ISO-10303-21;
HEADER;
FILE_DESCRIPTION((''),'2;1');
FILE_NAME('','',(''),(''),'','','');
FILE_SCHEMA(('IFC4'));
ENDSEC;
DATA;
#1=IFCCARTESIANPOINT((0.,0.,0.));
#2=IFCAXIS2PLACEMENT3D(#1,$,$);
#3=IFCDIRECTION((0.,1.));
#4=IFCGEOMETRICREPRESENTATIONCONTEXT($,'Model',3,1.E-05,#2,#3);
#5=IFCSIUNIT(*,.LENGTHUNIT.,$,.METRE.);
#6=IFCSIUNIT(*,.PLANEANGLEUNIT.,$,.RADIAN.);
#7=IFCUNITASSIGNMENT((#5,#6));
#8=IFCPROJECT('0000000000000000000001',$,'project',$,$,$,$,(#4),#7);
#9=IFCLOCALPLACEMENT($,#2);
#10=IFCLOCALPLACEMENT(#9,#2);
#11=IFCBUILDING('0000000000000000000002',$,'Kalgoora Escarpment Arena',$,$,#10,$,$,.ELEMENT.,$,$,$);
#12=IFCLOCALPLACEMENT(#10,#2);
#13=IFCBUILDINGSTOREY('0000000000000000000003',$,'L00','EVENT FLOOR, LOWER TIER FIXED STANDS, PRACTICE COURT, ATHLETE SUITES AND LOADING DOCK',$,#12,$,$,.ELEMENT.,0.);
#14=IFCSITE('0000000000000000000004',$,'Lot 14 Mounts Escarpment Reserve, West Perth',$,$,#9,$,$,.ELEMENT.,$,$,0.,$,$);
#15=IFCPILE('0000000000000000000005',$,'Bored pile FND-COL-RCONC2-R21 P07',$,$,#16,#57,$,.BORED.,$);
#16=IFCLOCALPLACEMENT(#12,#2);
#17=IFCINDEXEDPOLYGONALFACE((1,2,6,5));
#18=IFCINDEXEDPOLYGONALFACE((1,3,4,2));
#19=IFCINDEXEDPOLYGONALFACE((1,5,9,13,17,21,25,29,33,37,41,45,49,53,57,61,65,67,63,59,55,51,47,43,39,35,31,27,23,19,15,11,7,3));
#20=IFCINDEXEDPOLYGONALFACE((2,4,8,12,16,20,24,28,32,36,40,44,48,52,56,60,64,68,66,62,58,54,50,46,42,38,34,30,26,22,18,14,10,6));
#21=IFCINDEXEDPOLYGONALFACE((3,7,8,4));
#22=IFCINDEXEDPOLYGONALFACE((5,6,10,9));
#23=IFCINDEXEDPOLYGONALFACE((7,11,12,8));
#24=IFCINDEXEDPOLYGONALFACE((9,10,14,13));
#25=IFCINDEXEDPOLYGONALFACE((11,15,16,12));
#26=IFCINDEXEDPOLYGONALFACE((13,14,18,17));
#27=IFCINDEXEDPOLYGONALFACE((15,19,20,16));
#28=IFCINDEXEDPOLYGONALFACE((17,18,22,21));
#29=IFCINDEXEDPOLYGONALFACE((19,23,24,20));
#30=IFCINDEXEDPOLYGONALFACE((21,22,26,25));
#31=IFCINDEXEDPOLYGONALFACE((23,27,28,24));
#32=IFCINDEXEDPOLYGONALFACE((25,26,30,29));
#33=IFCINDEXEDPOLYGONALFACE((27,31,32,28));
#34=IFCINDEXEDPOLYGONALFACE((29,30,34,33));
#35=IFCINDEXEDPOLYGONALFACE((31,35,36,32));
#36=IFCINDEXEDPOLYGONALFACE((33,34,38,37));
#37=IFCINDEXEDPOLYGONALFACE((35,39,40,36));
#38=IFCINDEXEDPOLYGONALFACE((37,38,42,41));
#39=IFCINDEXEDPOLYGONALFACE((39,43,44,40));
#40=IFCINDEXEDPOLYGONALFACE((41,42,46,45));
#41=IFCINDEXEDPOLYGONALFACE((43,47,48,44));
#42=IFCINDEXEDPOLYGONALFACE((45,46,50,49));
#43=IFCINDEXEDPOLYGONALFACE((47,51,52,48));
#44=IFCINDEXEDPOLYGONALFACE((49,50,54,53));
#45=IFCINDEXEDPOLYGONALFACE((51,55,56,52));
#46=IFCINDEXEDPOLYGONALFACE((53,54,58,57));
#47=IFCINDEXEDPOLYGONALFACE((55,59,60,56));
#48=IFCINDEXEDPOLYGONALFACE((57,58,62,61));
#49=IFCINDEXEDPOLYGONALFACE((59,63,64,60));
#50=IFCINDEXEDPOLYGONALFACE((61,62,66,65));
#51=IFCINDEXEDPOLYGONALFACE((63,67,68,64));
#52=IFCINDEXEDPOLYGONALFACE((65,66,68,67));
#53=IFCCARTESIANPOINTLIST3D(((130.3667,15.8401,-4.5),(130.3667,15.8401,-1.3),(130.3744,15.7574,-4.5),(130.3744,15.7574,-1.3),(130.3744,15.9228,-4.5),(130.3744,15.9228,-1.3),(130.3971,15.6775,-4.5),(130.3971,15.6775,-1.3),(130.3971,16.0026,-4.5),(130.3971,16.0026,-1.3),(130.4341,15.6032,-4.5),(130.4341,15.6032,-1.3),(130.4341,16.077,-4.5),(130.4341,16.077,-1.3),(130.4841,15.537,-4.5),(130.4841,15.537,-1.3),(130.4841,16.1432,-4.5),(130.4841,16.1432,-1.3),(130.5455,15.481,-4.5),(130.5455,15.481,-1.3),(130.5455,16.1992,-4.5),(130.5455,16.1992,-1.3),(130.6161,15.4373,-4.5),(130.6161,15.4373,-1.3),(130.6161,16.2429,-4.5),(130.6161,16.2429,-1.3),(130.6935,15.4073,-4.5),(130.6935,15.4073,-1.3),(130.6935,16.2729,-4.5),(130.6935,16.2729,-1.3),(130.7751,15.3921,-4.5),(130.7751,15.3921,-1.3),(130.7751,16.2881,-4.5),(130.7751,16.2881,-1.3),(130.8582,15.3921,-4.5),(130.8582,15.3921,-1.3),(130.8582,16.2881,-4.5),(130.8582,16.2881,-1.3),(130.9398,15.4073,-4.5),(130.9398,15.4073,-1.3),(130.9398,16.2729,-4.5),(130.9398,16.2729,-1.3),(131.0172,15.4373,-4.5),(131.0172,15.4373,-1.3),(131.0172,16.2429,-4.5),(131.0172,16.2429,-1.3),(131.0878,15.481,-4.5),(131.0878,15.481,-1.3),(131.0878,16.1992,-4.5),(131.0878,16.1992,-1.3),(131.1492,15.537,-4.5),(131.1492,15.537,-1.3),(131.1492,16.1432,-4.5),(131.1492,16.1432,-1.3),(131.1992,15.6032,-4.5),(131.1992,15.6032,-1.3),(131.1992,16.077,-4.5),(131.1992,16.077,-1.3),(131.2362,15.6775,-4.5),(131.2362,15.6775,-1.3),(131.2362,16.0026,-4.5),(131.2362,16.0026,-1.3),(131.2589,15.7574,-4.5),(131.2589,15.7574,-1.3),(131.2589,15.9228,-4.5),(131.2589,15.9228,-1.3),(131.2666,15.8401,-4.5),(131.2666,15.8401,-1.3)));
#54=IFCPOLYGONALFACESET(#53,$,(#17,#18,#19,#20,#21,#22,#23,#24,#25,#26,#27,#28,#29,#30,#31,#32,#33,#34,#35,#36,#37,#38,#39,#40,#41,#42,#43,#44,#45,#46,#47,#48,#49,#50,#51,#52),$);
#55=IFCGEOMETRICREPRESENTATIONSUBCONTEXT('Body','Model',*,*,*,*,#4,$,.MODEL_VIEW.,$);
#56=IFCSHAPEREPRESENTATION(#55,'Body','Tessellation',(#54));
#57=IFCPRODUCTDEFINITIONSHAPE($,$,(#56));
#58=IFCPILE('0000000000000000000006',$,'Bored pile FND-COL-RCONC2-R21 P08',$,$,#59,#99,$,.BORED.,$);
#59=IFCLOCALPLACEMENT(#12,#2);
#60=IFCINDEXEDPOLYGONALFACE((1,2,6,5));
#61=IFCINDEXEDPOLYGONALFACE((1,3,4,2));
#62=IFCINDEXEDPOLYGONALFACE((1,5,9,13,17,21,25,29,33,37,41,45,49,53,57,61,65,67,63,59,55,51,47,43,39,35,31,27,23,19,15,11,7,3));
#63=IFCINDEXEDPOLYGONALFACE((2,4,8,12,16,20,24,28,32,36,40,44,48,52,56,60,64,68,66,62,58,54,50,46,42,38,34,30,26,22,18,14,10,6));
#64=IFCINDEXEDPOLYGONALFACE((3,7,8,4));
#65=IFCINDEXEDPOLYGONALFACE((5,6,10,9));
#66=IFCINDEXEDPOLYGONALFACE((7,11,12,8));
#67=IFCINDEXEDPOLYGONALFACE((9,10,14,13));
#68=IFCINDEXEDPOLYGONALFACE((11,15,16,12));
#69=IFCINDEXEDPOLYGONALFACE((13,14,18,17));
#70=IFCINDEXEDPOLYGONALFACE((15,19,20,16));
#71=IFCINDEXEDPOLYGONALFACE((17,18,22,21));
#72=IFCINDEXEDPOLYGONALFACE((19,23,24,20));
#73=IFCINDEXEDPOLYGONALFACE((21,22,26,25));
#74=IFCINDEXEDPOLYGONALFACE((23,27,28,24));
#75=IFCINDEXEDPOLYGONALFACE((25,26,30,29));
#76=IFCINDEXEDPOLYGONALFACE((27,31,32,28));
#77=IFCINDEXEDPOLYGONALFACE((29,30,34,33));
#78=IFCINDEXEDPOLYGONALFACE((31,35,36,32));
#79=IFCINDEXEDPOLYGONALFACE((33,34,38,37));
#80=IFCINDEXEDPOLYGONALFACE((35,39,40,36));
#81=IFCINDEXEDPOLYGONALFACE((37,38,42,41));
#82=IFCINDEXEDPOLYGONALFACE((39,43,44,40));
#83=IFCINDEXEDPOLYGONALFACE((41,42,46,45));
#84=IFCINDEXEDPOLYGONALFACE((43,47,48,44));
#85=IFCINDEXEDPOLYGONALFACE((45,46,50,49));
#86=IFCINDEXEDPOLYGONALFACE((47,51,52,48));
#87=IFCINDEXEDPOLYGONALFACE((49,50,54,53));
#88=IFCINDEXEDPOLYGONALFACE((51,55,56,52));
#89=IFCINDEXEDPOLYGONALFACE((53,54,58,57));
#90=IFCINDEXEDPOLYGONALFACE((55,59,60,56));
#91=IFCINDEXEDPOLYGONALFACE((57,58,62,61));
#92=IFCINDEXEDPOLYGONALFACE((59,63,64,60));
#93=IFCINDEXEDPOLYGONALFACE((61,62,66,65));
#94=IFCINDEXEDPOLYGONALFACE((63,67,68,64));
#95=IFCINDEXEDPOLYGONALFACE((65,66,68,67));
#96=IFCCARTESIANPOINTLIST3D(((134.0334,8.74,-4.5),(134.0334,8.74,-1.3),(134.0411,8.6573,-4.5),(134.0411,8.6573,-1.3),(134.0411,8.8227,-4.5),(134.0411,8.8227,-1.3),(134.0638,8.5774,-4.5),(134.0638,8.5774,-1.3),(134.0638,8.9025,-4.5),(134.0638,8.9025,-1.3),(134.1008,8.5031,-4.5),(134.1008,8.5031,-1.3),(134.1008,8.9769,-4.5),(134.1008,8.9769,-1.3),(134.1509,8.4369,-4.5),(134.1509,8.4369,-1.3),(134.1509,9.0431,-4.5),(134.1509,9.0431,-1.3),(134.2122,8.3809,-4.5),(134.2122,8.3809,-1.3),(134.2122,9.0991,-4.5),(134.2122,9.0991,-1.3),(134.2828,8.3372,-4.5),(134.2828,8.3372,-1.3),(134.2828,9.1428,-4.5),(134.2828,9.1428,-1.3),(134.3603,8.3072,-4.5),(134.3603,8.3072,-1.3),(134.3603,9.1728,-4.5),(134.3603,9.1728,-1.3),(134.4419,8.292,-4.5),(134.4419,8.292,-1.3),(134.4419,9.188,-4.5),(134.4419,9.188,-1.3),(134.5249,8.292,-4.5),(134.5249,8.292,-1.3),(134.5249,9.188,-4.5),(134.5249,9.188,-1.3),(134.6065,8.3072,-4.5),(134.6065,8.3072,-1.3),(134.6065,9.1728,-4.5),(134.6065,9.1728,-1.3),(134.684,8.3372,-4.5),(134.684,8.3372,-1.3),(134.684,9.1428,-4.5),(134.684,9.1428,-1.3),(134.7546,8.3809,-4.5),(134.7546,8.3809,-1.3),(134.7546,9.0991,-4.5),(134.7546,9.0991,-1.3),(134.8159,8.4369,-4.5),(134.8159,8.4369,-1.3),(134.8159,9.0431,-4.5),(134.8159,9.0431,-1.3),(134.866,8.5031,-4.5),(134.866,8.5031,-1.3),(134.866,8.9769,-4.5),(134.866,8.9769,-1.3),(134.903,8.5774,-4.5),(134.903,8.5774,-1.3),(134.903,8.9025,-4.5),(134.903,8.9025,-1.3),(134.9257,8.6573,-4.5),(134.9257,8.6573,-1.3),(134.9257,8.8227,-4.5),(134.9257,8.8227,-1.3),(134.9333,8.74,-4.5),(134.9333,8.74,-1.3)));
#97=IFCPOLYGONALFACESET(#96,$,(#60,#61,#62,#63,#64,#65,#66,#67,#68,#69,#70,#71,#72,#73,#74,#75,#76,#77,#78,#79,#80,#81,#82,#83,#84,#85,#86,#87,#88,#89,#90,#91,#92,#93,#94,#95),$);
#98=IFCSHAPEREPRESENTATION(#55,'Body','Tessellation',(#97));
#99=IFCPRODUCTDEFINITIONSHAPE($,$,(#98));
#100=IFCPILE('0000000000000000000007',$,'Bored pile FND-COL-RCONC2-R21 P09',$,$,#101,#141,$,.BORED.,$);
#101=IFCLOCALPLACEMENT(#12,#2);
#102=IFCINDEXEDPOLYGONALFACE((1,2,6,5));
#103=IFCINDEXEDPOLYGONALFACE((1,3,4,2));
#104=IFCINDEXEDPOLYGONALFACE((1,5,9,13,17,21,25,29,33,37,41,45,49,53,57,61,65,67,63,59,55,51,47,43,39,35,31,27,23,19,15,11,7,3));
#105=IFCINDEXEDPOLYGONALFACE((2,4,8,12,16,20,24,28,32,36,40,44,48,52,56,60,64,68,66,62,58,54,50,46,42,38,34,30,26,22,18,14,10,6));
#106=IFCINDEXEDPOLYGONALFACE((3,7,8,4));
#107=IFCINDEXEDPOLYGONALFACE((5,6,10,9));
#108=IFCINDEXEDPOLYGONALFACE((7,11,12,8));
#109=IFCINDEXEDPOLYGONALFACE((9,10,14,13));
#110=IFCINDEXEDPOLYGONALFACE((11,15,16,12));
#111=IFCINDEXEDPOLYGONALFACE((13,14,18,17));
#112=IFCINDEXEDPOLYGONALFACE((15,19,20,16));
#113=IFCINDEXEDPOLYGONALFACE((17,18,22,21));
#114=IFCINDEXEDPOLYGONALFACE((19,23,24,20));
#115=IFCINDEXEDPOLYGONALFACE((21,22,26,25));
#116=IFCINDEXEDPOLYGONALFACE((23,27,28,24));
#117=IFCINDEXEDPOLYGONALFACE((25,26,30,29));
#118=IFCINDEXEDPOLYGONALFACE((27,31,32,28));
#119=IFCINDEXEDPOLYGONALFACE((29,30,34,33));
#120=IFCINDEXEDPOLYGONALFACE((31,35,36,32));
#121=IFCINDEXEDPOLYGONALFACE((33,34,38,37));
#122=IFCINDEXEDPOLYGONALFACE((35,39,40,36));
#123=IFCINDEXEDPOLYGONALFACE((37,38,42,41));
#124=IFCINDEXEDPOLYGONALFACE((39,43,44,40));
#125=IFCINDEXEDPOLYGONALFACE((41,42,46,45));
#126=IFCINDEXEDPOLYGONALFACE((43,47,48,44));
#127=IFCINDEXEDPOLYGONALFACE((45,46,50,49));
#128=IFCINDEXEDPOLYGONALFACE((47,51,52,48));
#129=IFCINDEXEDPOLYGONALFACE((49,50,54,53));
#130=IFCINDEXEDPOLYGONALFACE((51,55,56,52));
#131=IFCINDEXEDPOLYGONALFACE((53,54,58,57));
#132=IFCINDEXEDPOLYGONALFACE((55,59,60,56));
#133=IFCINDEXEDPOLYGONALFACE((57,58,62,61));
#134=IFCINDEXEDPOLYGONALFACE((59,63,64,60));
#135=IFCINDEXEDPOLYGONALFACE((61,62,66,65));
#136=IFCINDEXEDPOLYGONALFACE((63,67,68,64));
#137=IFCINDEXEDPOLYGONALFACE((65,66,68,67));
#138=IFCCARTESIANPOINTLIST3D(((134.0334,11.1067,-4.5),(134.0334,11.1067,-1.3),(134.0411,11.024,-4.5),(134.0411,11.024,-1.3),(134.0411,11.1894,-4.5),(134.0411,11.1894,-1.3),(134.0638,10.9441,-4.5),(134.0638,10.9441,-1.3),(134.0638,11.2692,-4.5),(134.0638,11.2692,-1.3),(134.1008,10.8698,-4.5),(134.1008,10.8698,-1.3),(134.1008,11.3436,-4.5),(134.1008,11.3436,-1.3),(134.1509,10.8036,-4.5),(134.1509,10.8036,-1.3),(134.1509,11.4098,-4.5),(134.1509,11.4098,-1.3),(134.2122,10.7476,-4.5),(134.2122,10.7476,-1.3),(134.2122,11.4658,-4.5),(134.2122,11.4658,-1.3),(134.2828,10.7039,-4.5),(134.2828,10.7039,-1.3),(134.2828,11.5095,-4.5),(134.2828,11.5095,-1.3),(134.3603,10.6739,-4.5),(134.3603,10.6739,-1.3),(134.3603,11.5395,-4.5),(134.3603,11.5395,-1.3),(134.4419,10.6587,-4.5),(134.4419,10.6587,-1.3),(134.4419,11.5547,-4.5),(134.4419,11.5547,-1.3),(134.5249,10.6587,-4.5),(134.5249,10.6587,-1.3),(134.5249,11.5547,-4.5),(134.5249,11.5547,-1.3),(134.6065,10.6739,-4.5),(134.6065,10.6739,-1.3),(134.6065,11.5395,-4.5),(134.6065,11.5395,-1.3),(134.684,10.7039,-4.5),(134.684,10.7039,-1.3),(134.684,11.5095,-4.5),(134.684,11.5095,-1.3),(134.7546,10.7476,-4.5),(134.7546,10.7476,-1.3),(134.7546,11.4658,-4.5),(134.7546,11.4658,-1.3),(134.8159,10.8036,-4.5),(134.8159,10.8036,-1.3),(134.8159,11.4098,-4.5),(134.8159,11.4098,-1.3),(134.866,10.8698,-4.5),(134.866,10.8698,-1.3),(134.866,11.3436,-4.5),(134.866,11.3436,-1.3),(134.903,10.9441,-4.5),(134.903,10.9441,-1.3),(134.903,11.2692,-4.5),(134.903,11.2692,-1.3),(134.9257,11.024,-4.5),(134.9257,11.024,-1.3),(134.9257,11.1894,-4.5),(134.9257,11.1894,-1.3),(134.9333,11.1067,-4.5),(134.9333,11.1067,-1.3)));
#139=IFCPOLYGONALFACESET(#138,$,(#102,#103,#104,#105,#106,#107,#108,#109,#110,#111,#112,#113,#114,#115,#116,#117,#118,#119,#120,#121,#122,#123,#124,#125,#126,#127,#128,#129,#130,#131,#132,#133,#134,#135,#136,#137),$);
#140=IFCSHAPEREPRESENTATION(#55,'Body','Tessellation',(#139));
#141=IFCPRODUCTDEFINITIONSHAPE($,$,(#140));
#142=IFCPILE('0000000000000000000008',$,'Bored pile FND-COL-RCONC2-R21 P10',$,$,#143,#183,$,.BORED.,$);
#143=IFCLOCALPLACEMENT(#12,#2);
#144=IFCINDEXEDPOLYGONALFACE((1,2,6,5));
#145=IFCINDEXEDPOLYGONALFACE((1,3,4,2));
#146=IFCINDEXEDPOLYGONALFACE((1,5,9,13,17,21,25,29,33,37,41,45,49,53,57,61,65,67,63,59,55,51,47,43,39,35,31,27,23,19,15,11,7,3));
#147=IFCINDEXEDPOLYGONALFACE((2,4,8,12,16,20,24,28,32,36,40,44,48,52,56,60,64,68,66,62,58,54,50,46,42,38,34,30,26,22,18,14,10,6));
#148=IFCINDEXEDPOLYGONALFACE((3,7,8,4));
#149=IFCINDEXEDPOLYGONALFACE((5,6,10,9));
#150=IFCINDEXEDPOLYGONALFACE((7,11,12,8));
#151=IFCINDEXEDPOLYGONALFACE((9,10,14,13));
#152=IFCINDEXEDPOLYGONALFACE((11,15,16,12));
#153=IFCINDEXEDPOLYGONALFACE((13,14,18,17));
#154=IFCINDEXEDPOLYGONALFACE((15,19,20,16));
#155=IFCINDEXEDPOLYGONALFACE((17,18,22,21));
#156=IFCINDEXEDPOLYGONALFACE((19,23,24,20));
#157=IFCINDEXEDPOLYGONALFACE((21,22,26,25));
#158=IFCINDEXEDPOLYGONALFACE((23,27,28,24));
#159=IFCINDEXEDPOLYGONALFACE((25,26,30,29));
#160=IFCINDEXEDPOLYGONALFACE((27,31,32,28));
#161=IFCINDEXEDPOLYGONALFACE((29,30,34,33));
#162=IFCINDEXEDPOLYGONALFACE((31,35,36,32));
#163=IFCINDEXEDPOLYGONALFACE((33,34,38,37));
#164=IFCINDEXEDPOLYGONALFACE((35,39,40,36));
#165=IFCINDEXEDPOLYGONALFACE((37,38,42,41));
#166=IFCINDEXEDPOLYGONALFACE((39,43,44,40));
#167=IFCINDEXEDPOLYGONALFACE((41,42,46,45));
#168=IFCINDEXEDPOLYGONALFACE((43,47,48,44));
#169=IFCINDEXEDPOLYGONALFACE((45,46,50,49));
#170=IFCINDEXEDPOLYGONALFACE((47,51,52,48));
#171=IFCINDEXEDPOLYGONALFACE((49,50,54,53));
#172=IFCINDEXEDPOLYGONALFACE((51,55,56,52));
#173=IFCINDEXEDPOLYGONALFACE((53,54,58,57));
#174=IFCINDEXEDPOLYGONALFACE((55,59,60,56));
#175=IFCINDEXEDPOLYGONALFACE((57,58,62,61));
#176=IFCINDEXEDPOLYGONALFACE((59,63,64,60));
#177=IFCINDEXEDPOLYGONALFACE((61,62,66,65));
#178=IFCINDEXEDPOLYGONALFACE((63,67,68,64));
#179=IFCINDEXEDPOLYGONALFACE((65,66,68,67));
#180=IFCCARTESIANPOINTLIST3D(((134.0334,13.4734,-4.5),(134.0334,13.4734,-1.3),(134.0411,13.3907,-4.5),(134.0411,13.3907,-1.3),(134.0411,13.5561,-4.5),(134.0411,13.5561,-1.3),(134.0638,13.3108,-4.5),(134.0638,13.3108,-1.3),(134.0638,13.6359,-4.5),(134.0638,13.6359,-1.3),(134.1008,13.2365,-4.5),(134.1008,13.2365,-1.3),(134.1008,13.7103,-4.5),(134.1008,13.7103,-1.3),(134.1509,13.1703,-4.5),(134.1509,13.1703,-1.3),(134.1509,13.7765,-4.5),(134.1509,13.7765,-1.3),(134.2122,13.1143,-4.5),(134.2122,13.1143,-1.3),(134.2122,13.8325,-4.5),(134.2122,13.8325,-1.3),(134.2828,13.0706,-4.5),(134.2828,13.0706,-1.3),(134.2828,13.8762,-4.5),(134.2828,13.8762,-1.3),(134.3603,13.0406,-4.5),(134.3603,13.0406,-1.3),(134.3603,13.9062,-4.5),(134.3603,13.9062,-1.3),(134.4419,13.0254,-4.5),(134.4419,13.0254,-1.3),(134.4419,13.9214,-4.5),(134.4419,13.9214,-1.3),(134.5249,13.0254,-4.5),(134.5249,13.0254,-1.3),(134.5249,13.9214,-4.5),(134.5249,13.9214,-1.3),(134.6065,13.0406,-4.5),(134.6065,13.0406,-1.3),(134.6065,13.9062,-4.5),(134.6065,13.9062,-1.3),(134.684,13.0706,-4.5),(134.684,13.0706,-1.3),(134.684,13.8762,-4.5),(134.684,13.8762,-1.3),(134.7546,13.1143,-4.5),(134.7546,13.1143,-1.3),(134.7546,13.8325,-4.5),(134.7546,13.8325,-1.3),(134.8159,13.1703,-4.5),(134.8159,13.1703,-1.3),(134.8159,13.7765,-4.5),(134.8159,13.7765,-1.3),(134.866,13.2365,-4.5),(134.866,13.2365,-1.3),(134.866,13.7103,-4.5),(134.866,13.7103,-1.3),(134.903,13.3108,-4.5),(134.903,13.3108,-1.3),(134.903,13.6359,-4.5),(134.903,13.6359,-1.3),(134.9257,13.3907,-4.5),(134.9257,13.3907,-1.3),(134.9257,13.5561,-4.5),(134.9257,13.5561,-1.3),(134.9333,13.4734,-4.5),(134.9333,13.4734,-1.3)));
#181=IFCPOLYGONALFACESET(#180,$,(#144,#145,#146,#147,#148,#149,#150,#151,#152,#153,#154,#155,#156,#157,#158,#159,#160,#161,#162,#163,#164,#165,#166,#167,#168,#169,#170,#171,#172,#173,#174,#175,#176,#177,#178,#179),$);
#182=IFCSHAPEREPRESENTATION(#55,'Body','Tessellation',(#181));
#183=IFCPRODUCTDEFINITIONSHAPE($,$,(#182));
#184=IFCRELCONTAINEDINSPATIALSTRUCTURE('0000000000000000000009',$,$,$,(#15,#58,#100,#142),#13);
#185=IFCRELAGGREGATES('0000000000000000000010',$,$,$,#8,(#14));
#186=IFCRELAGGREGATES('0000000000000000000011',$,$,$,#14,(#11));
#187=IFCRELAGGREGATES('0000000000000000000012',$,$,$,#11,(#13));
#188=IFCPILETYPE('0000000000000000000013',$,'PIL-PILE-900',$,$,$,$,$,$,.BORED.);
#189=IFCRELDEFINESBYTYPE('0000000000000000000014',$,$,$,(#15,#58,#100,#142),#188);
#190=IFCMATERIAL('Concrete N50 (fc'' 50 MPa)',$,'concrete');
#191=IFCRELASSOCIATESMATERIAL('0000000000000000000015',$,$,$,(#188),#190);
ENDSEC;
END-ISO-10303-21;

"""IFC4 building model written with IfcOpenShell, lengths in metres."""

from ifc_helpers import new_model, si_unit, direction, frame, origin, origin_2d, place, context, subcontext, project, spatial, circle, extrude, material, material_profile, profile_set, type_object, element, save


model = new_model("IFC4")

# Units and contexts
model_context = context("Model", 3, precision=1e-05, world=origin(), true_north=direction((0.0, 1.0)))
body_context = subcontext(model_context, "Body", "Model", "MODEL_VIEW")
ifc_project = project(units=[si_unit("LENGTHUNIT", "METRE"), si_unit("PLANEANGLEUNIT", "RADIAN")], contexts=[model_context])

# Site, building, storey
site_placement = place(None, origin())
site = spatial("IfcSite", under=ifc_project, at=site_placement, Name="Lot 14 Mounts Escarpment Reserve, West Perth", CompositionType="ELEMENT", RefElevation=0.0)
building_placement = place(site_placement, origin())
building = spatial("IfcBuilding", under=site, at=building_placement, Name="Kalgoora Escarpment Arena", CompositionType="ELEMENT")
storey_placement = place(building_placement, origin())
storey = spatial("IfcBuildingStorey", under=building, at=storey_placement, Name="L00", Description="EVENT FLOOR, LOWER TIER FIXED STANDS, PRACTICE COURT, ATHLETE SUITES AND LOADING DOCK", CompositionType="ELEMENT", Elevation=0.0)

# Piles
ifc_material_1 = material(Name="Concrete N50 (fc' 50 MPa)", Category="concrete")
ifc_material_profile_1 = material_profile(ifc_material_1, circle(Radius=0.45, at=origin_2d()))
ifc_profile_set_1 = profile_set([ifc_material_profile_1], Name="Concrete N50 (fc' 50 MPa)")
pile_type_1 = type_object("IfcPileType", Name="PIL-PILE-900", PredefinedType="BORED", material=ifc_profile_set_1)
for number, where, z_axis, x_axis, name in (
    (1, (130.8167, 15.8401, -1.3), (0.0, 0.0, -1.0), (1.0, 0.0, 0.0), "Bored pile FND-COL-RCONC2-R21 P07"),
    (2, (134.4834, 8.74, -1.3), (0.0, 0.0, -1.0), (1.0, 0.0, 0.0), "Bored pile FND-COL-RCONC2-R21 P08"),
    (3, (134.4834, 11.1067, -1.3), (0.0, 0.0, -1.0), (1.0, 0.0, 0.0), "Bored pile FND-COL-RCONC2-R21 P09"),
    (4, (134.4834, 13.4734, -1.3), (0.0, 0.0, -1.0), (1.0, 0.0, 0.0), "Bored pile FND-COL-RCONC2-R21 P10"),
):
    element("IfcPile", number, at=place(storey_placement, frame(where, z_axis=z_axis, x_axis=x_axis)), inside=storey, type_object=pile_type_1, Name=name, PredefinedType="BORED", context=body_context, shape_type="SweptSolid", body=[
        extrude(circle(Radius=0.45, at=origin_2d()), origin(), (0.0, 0.0, 1.0), 3.2),
    ])

save(model, "model.ifc")
